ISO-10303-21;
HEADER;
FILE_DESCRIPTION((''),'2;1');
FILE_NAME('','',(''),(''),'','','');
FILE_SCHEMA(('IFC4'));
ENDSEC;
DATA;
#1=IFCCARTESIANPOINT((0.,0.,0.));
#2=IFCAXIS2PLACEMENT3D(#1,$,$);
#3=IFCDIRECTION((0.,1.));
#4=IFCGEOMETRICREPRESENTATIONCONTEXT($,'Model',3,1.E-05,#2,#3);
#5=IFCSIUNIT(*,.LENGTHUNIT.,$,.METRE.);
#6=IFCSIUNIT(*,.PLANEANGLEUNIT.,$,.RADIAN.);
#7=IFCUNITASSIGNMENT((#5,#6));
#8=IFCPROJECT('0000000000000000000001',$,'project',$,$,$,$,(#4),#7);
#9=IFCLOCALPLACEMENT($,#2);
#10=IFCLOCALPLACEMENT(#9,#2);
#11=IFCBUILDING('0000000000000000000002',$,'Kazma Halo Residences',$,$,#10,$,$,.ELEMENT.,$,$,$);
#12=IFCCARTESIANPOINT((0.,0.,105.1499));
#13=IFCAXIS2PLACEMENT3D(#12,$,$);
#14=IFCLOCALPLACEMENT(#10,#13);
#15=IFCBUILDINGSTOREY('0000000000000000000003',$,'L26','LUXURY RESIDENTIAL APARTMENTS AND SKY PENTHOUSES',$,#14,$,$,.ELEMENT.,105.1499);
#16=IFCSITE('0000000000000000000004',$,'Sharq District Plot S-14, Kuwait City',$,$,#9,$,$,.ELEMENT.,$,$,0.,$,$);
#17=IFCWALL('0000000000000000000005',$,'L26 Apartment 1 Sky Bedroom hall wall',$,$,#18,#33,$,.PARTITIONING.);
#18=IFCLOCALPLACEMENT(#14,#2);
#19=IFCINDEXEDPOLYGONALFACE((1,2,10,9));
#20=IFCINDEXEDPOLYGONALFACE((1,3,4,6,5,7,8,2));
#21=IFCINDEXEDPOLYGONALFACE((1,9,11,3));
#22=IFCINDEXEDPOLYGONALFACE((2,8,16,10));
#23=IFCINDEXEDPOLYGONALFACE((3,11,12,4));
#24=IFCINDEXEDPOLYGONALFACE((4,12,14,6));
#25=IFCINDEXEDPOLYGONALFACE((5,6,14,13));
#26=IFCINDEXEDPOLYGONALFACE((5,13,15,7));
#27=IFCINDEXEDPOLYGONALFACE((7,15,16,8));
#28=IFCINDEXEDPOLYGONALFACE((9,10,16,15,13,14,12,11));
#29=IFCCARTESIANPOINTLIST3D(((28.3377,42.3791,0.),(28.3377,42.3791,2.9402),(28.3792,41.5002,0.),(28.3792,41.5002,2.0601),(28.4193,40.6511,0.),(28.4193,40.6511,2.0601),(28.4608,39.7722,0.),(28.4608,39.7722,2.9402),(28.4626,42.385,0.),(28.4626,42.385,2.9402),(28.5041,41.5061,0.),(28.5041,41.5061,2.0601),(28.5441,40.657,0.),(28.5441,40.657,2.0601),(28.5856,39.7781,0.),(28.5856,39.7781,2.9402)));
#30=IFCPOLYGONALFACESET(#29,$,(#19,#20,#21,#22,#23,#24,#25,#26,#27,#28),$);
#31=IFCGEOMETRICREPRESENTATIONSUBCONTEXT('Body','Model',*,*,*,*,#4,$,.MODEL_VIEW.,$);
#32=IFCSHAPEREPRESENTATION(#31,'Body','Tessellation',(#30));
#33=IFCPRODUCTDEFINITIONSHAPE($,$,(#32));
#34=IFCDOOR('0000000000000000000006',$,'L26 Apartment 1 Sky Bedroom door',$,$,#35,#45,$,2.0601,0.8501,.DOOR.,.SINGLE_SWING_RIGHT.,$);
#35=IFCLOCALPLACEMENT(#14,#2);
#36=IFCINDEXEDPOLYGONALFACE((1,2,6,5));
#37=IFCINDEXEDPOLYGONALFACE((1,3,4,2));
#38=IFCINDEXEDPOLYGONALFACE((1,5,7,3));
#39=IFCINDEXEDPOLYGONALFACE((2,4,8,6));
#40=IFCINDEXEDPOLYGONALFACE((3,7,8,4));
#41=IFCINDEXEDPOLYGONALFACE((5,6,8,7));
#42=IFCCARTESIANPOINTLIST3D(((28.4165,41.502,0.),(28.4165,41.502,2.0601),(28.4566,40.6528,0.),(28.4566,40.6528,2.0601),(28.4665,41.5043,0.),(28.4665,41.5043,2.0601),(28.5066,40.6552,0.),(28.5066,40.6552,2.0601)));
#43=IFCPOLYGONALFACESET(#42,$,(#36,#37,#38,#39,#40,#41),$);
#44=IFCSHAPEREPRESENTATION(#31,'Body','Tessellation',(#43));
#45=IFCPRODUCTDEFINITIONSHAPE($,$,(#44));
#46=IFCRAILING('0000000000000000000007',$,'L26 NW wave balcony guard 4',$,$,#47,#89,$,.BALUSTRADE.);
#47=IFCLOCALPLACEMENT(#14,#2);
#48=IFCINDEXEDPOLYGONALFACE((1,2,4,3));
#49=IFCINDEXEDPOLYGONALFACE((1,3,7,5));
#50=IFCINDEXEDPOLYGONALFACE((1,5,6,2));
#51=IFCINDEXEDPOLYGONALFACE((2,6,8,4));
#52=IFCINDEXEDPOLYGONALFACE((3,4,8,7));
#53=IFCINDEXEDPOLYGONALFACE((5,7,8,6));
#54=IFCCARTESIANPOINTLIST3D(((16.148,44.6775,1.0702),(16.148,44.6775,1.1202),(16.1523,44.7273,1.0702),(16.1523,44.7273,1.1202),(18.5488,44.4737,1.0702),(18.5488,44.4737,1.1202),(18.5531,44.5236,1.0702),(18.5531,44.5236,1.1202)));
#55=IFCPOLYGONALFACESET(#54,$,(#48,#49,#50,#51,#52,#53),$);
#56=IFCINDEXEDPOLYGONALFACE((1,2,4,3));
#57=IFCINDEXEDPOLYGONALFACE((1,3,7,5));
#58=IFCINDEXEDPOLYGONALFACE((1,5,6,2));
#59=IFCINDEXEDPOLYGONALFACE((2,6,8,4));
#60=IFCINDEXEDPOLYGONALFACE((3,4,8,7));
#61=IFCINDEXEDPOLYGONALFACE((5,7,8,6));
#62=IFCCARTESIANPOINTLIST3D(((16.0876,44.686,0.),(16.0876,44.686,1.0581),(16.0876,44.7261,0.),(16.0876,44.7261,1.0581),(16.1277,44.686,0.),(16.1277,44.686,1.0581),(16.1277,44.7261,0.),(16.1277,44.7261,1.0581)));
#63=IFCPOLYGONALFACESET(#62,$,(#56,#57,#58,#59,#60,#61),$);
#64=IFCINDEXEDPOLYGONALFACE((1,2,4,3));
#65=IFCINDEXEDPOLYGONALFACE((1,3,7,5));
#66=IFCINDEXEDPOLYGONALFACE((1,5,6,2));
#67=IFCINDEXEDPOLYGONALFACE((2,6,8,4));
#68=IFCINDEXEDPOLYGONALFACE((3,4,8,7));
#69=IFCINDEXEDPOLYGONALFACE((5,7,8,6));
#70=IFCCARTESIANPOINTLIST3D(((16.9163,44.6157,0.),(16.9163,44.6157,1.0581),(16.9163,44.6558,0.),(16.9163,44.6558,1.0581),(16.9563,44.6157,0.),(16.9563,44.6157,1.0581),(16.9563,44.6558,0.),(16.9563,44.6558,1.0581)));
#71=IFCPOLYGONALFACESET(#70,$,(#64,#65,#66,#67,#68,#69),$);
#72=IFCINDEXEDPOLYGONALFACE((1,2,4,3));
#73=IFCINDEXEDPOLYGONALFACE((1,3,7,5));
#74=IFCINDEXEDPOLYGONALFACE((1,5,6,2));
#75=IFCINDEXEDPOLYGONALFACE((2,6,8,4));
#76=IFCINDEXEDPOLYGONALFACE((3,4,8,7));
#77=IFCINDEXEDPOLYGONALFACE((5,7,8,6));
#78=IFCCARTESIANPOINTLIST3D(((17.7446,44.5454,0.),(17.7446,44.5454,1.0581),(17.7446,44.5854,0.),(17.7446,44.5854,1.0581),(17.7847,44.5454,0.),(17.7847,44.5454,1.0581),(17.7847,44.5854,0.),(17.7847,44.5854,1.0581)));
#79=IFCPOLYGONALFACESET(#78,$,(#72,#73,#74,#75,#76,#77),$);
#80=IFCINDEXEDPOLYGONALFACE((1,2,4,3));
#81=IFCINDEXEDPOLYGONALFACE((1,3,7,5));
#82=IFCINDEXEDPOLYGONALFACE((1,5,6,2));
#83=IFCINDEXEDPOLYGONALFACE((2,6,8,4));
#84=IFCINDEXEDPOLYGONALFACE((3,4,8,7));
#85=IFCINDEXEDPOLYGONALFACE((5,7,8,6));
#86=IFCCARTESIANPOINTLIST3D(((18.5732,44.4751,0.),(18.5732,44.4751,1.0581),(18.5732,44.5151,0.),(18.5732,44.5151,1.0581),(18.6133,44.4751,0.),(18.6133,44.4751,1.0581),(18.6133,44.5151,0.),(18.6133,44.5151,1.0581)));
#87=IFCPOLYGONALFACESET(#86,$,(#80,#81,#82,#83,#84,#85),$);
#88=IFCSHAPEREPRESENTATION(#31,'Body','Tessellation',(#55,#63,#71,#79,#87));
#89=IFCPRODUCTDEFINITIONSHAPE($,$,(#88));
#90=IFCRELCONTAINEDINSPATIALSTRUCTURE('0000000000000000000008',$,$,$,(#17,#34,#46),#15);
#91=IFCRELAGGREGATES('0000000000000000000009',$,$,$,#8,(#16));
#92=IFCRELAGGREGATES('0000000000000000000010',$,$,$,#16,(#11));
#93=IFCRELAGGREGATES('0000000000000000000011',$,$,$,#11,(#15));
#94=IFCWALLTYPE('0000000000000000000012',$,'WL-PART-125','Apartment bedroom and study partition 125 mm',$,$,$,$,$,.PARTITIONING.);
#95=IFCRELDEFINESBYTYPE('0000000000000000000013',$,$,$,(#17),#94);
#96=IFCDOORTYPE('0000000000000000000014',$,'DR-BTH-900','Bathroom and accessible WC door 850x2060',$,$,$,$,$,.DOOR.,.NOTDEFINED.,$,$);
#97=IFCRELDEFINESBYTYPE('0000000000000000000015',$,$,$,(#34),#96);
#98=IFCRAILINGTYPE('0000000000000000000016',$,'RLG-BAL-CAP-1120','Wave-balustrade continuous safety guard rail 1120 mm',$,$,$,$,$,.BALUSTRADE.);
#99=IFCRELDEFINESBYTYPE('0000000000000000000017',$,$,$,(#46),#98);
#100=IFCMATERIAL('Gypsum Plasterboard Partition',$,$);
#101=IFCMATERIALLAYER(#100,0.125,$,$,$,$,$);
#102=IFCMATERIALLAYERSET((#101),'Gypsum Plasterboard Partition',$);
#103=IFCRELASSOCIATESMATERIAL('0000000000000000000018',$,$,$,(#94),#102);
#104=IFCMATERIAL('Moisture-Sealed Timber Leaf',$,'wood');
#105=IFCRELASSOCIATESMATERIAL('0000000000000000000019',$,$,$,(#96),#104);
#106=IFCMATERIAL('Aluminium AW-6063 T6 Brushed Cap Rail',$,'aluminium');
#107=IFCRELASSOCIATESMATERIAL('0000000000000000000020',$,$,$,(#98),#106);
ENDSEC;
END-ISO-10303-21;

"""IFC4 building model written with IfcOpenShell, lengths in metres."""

from ifc_helpers import new_model, si_unit, direction, frame, frame_2d, origin, origin_2d, place, context, subcontext, project, spatial, rectangle, extrude, material, layer, layer_set, type_object, element, fill, save


model = new_model("IFC4")

# Units and contexts
model_context = context("Model", 3, precision=1e-05, world=origin(), true_north=direction((0.0, 1.0)))
body_context = subcontext(model_context, "Body", "Model", "MODEL_VIEW")
ifc_project = project(units=[si_unit("LENGTHUNIT", "METRE"), si_unit("PLANEANGLEUNIT", "RADIAN")], contexts=[model_context])

# Site, building, storey
site_placement = place(None, origin())
site = spatial("IfcSite", under=ifc_project, at=site_placement, Name="Sharq District Plot S-14, Kuwait City", CompositionType="ELEMENT", RefElevation=0.0)
building_placement = place(site_placement, origin())
building = spatial("IfcBuilding", under=site, at=building_placement, Name="Kazma Halo Residences", CompositionType="ELEMENT")
storey_placement = place(building_placement, frame((0.0, 0.0, 105.1499)))
storey = spatial("IfcBuildingStorey", under=building, at=storey_placement, Name="L26", Description="LUXURY RESIDENTIAL APARTMENTS AND SKY PENTHOUSES", CompositionType="ELEMENT", Elevation=105.1499)

# Shared definitions
ifc_material_1 = material(Name="Gypsum Plasterboard Partition")
ifc_layer_1 = layer(ifc_material_1, 0.125)
ifc_layer_set_1 = layer_set([ifc_layer_1], Name="Gypsum Plasterboard Partition")
wall_type_1 = type_object("IfcWallType", Name="WL-PART-125", Description="Apartment bedroom and study partition 125 mm", PredefinedType="PARTITIONING", material=ifc_layer_set_1)

# Wall, opening, door
ifc_material_2 = material(Name="Moisture-Sealed Timber Leaf", Category="wood")
door_type = type_object("IfcDoorType", Name="DR-BTH-900", Description="Bathroom and accessible WC door 850x2060", OperationType="NOTDEFINED", PredefinedType="DOOR", material=ifc_material_2)
wall_1_placement = place(storey_placement, frame((28.4001, 42.3821, 0.0), z_axis=(0.0, 0.0, 1.0), x_axis=(0.047147, -0.998888, 0.0)))
wall_1 = element("IfcWall", 1, at=wall_1_placement, inside=storey, type_object=wall_type_1, Name="L26 Apartment 1 Sky Bedroom hall wall", PredefinedType="PARTITIONING", context=body_context, shape_type="SweptSolid", body=[
    extrude(rectangle(XDim=2.6099, YDim=0.125, at=frame_2d((1.3049, 0.0))), origin(), (0.0, 0.0, 1.0), 2.9402),
])
opening_1_placement = place(wall_1_placement, frame((0.8799, 0.0, 0.0)))
opening_1 = element("IfcOpeningElement", 2, at=opening_1_placement, cuts=wall_1, PredefinedType="OPENING", context=body_context, shape_type="SweptSolid", body=[
    extrude(rectangle(XDim=0.8501, YDim=2.0601, at=frame_2d((0.425, 1.03))), frame((0.0, 0.0725, 0.0), z_axis=(0.0, -1.0, 0.0), x_axis=(1.0, 0.0, 0.0)), (0.0, 0.0, 1.0), 0.145),
])
door_1_placement = place(opening_1_placement, origin())
door_1 = element("IfcDoor", 3, at=door_1_placement, inside=storey, type_object=door_type, Name="L26 Apartment 1 Sky Bedroom door", OperationType="SINGLE_SWING_RIGHT", OverallHeight=2.0601, OverallWidth=0.8501, PredefinedType="DOOR", context=body_context, shape_type="SweptSolid", body=[
    extrude(rectangle(XDim=0.8501, YDim=2.0601, at=frame_2d((0.425, 1.03))), frame((0.0, 0.0249, 0.0), z_axis=(0.0, -1.0, 0.0), x_axis=(1.0, 0.0, 0.0)), (0.0, 0.0, 1.0), 0.05),
])
fill(opening_1, door_1)

# Railing
ifc_material_3 = material(Name="Aluminium AW-6063 T6 Brushed Cap Rail", Category="aluminium")
railing_type = type_object("IfcRailingType", Name="RLG-BAL-CAP-1120", Description="Wave-balustrade continuous safety guard rail 1120 mm", PredefinedType="BALUSTRADE", material=ifc_material_3)
railing_placement = place(storey_placement, frame((16.1077, 44.7061, 0.0)))
element("IfcRailing", 4, at=railing_placement, inside=storey, type_object=railing_type, Name="L26 NW wave balcony guard 4", PredefinedType="BALUSTRADE", context=body_context, shape_type="SweptSolid", body=[
    extrude(rectangle(XDim=0.05, YDim=0.05, at=origin_2d()), frame((0.0425, -0.0037, 1.0952), z_axis=(0.996418, -0.08456, 0.0), x_axis=(0.08456, 0.996418, 0.0)), (0.0, 0.0, 1.0), 2.4094),
    extrude(rectangle(XDim=0.04, YDim=0.04, at=origin_2d()), origin(), (0.0, 0.0, 1.0), 1.0581),
    extrude(rectangle(XDim=0.04, YDim=0.04, at=origin_2d()), frame((0.8286, -0.0703, 0.0)), (0.0, 0.0, 1.0), 1.0581),
    extrude(rectangle(XDim=0.04, YDim=0.04, at=origin_2d()), frame((1.657, -0.1406, 0.0)), (0.0, 0.0, 1.0), 1.0581),
    extrude(rectangle(XDim=0.04, YDim=0.04, at=origin_2d()), frame((2.4856, -0.2109, 0.0)), (0.0, 0.0, 1.0), 1.0581),
])

save(model, "model.ifc")
